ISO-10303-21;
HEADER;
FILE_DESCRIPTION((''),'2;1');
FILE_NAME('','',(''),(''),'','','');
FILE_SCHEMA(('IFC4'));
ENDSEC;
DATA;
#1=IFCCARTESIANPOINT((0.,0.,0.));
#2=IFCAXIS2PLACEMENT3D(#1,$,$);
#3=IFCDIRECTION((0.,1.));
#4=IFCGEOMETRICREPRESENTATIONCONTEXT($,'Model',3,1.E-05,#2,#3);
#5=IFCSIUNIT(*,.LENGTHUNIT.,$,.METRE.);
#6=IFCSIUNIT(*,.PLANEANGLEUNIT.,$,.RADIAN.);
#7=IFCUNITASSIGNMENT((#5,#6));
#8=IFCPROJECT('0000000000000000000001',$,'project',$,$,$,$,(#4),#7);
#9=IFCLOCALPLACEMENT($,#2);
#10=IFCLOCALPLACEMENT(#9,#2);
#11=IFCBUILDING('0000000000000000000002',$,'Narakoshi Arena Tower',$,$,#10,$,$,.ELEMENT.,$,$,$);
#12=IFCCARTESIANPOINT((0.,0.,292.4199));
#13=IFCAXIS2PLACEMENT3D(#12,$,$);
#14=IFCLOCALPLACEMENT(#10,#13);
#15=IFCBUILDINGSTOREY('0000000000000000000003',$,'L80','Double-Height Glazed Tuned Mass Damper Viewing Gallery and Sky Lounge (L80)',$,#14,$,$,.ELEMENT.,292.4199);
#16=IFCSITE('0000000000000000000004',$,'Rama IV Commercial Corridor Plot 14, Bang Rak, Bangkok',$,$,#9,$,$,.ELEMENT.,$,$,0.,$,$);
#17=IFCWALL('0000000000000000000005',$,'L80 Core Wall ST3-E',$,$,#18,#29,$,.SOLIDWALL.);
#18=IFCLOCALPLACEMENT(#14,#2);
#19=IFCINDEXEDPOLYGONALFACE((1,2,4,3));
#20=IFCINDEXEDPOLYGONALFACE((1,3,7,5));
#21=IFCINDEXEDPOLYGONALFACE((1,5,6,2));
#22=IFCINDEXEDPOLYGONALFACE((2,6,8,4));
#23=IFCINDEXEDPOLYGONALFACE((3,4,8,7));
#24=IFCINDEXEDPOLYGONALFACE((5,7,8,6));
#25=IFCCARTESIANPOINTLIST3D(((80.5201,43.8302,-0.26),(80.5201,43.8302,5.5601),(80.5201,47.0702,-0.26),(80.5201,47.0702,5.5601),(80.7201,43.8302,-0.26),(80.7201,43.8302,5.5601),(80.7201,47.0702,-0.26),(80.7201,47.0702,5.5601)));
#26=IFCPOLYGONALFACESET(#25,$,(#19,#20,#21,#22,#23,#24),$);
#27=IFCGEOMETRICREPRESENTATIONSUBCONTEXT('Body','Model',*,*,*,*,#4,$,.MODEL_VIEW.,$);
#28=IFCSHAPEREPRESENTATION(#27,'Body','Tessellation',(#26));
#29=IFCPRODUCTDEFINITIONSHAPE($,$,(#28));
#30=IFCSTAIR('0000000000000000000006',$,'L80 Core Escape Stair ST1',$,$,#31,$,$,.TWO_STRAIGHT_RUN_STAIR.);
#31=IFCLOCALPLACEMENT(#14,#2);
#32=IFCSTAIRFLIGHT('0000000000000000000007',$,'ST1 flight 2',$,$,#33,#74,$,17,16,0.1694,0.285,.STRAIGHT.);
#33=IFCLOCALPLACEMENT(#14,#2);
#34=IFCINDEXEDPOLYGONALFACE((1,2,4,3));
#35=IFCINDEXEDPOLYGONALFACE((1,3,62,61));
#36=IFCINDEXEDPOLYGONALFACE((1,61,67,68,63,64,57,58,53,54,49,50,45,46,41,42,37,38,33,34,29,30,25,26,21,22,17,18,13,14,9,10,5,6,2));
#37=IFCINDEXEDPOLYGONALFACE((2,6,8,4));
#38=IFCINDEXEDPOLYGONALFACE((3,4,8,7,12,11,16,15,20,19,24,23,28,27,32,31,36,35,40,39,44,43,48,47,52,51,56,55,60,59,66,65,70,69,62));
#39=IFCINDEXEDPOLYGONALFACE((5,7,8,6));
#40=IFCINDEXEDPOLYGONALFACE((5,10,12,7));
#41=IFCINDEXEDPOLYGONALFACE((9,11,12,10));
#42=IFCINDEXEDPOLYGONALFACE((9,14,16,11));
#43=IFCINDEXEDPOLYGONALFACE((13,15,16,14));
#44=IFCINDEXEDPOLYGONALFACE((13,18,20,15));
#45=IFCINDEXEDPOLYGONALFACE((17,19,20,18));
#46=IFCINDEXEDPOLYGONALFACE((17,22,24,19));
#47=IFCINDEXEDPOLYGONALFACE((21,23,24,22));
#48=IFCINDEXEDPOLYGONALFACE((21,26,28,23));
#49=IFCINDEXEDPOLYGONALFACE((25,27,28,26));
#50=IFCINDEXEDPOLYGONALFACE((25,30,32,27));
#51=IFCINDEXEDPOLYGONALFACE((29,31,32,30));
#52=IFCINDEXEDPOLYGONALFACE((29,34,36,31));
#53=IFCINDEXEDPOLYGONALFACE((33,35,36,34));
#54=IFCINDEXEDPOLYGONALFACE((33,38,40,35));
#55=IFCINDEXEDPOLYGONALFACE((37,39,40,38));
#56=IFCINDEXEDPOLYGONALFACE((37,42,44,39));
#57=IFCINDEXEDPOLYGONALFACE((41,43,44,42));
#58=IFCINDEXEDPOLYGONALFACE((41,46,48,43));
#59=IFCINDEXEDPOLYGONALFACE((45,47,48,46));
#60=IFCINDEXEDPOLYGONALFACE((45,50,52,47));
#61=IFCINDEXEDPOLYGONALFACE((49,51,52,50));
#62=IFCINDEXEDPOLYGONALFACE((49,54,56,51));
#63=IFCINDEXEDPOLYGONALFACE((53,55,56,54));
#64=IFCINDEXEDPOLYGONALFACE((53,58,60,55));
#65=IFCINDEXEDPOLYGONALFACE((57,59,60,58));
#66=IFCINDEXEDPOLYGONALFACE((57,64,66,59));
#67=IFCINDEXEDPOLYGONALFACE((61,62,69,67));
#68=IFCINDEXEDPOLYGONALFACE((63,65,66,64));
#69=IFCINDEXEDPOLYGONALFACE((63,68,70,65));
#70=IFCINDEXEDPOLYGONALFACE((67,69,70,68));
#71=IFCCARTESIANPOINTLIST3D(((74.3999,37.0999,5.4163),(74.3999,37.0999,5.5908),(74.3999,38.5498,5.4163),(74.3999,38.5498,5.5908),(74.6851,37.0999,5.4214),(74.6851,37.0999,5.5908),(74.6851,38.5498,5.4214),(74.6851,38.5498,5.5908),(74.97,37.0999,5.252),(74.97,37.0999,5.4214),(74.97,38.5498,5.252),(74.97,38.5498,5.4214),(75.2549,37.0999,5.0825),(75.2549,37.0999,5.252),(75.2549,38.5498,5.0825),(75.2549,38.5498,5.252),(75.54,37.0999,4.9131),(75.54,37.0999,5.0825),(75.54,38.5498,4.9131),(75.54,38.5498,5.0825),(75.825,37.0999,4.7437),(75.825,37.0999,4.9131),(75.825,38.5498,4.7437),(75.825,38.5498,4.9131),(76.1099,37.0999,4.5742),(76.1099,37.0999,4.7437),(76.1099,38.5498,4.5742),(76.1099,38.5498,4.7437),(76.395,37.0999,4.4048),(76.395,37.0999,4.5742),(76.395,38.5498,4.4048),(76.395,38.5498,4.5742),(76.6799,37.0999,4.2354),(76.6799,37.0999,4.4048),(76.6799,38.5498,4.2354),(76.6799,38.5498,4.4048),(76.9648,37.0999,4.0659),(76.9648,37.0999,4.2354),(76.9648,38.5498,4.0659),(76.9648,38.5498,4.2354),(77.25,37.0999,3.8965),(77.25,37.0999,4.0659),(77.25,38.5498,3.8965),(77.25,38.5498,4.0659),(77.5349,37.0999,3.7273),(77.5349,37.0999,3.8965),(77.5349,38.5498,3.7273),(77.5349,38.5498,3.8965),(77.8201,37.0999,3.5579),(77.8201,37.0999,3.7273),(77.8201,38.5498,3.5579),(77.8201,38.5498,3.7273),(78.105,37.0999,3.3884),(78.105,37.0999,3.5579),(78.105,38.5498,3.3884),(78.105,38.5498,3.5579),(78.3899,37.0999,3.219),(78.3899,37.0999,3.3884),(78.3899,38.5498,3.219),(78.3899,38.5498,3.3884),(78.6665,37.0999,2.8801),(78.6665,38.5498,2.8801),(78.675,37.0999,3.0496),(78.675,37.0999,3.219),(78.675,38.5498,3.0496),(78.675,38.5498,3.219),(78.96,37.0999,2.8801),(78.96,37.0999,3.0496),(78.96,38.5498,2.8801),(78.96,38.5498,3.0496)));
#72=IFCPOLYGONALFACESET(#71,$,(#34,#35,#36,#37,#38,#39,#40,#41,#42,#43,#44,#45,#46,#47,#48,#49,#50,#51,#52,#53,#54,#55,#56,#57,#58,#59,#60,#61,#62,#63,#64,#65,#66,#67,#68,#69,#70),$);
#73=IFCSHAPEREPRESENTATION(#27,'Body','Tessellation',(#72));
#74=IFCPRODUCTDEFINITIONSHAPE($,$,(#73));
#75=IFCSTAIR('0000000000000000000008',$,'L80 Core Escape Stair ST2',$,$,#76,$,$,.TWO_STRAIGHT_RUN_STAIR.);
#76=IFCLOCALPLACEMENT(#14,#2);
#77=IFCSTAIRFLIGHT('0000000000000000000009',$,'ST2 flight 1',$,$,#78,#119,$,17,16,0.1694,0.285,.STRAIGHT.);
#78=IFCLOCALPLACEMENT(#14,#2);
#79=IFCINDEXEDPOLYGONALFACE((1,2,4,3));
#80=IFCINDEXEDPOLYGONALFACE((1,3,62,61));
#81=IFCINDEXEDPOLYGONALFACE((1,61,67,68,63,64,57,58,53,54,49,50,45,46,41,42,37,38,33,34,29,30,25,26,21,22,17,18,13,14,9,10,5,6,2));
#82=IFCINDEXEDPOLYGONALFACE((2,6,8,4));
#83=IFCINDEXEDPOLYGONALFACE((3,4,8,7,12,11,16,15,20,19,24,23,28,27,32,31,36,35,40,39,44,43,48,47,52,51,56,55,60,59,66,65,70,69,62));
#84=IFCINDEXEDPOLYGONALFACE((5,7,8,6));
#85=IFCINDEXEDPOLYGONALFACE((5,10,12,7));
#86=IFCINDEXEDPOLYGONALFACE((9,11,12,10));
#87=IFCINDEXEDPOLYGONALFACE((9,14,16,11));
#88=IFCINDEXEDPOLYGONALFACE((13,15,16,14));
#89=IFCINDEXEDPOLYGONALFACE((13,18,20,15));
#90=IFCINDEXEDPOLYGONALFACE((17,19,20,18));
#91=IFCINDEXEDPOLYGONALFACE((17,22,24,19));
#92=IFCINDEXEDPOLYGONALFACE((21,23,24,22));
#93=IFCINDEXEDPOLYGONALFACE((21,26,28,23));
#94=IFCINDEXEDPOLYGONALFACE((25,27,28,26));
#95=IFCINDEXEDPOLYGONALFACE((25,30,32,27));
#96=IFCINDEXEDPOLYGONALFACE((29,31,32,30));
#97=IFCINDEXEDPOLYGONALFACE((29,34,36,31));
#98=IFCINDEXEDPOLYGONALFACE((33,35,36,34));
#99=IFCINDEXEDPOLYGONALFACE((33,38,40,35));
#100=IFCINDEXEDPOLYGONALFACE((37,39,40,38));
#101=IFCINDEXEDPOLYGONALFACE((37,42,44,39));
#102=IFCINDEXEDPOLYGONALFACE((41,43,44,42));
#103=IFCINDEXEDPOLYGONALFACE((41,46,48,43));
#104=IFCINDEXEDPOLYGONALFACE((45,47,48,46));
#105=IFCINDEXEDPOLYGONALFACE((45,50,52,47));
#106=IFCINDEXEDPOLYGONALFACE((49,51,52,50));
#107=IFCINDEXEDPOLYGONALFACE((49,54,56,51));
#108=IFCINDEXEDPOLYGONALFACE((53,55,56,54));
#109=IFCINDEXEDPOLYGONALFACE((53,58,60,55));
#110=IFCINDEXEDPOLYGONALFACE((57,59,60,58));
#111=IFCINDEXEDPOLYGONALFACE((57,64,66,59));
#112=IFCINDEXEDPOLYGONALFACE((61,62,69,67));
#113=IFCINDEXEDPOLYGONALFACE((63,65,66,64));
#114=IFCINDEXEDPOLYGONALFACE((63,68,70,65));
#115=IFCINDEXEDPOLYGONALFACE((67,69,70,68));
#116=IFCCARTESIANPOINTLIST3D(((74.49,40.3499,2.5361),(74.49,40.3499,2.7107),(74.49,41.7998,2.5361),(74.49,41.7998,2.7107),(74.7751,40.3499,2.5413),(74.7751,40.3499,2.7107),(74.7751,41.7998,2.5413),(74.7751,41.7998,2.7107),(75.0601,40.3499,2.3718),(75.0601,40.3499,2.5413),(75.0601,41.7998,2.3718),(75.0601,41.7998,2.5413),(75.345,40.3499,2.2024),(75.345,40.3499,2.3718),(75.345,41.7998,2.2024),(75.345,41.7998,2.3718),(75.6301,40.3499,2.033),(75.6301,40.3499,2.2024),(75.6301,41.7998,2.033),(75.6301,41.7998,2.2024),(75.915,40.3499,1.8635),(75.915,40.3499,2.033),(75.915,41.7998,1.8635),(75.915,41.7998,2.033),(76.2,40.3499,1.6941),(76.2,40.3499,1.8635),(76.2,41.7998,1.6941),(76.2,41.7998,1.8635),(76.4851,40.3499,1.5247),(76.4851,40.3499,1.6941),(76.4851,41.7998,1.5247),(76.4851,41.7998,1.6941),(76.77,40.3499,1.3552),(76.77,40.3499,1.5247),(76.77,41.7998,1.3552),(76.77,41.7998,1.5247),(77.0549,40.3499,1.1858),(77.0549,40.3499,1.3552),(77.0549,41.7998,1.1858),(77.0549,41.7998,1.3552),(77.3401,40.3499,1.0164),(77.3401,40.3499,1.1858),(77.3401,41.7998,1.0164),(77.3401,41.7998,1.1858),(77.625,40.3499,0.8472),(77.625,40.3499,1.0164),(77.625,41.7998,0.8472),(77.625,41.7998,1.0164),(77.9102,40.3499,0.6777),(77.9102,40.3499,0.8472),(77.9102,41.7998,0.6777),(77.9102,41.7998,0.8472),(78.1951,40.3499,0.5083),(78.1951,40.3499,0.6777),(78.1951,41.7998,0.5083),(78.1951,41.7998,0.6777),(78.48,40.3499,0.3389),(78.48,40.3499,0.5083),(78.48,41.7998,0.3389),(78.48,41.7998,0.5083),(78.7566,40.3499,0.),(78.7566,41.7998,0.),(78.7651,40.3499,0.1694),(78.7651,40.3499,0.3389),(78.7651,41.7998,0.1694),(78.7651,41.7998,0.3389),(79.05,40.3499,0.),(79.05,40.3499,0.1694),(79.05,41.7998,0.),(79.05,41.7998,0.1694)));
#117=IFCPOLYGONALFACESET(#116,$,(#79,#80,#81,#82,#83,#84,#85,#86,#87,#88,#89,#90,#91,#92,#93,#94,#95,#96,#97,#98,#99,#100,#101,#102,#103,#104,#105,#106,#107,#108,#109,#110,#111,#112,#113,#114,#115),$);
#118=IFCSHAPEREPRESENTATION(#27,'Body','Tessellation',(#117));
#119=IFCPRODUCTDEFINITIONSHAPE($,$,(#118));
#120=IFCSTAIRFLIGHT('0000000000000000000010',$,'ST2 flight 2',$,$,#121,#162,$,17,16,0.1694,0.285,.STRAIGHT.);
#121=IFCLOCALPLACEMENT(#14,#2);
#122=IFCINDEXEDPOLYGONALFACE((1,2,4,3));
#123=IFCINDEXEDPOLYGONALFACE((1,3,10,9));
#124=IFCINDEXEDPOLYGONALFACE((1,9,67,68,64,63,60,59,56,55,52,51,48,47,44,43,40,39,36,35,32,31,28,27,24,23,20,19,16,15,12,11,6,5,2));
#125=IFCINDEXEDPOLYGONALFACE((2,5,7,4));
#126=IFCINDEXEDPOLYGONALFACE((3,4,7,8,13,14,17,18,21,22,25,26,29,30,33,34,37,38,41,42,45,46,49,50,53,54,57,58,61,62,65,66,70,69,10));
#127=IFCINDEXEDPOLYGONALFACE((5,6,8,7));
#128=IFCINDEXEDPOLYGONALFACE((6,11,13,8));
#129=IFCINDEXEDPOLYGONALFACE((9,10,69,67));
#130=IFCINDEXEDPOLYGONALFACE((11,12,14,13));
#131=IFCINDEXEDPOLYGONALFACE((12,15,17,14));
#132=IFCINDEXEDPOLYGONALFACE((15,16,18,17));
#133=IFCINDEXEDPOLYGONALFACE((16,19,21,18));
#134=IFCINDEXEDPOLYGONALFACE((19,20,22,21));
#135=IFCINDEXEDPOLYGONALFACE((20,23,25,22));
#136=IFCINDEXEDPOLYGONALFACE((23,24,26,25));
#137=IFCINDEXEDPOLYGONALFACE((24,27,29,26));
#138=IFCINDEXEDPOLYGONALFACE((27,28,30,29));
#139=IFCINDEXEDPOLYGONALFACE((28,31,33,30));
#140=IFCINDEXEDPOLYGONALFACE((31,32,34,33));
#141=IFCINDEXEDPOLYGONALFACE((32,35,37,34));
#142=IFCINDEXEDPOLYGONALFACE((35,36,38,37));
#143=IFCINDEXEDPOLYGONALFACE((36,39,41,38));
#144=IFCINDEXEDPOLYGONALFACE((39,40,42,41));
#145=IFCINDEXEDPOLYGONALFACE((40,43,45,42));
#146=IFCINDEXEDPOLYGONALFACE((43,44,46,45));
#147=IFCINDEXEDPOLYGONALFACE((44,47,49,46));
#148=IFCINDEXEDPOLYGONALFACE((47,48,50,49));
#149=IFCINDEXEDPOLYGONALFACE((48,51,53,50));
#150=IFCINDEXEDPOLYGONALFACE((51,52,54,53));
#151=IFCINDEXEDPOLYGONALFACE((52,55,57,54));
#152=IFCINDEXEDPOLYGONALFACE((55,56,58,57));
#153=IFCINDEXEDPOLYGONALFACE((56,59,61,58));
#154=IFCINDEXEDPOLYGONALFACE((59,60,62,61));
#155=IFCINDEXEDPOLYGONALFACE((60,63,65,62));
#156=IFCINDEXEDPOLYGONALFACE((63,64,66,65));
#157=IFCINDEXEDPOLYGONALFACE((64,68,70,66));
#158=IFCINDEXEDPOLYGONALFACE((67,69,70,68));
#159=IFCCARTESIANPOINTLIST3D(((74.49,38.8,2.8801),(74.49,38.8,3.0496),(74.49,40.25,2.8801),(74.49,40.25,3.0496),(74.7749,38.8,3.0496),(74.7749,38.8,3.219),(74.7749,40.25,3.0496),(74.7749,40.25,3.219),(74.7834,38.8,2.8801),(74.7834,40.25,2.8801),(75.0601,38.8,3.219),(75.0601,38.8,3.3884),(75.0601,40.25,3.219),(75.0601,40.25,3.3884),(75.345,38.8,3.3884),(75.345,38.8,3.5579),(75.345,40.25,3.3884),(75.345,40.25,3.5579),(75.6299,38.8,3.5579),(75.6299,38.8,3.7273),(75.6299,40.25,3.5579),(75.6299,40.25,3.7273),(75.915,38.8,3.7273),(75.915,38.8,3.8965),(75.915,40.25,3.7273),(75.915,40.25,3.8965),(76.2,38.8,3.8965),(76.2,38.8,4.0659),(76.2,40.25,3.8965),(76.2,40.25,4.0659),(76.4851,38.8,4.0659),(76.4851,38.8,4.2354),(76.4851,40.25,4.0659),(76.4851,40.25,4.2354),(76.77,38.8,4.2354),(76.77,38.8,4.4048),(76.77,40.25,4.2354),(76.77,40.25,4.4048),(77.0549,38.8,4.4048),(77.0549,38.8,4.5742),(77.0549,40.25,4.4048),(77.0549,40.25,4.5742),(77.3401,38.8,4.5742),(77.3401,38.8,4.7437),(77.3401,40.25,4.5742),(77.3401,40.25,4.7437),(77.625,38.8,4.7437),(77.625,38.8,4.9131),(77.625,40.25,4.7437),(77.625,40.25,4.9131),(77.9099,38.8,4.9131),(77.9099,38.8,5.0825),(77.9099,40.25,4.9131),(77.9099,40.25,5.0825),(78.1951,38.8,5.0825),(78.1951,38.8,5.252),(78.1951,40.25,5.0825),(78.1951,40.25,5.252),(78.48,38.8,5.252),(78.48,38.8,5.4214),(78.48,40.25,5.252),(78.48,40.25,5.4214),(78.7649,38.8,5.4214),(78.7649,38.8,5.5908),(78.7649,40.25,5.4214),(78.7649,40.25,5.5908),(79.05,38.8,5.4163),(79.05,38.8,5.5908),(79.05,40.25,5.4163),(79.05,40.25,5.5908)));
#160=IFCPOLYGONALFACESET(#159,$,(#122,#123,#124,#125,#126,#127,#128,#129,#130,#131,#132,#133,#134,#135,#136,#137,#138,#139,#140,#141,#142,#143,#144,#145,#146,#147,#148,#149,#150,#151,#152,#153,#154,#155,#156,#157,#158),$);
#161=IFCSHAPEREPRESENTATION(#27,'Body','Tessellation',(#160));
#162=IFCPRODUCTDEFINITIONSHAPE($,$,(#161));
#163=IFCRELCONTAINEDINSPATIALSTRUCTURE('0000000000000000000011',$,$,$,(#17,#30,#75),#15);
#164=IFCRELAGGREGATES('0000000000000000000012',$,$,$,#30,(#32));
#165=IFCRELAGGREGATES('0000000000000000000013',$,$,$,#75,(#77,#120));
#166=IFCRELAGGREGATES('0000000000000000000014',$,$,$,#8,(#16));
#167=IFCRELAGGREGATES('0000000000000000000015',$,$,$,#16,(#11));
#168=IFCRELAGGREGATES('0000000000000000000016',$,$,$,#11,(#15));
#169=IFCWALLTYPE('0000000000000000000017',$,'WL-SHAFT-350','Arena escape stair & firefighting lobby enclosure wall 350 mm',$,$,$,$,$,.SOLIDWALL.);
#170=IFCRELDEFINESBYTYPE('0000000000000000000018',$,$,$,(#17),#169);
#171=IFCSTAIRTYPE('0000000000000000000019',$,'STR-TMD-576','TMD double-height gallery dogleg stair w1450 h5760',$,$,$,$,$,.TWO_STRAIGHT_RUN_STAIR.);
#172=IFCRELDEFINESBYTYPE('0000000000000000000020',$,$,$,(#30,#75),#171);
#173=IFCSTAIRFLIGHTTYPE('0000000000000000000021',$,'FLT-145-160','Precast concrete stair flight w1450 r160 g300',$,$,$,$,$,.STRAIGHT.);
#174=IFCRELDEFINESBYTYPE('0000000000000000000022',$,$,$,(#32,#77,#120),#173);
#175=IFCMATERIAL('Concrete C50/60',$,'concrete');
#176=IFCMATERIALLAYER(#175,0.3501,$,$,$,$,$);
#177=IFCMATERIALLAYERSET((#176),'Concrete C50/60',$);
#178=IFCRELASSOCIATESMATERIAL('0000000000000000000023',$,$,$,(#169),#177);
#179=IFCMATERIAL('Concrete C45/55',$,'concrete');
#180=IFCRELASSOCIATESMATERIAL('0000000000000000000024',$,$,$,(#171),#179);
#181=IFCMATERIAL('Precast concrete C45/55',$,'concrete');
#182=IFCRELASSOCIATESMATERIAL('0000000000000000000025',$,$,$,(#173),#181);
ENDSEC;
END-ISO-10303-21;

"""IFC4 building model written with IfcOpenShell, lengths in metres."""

from ifc_helpers import new_model, si_unit, direction, frame, frame_2d, origin, place, context, subcontext, project, spatial, polyline, rectangle, outline, extrude, material, layer, layer_set, type_object, element, aggregate, save


model = new_model("IFC4")

# Units and contexts
model_context = context("Model", 3, precision=1e-05, world=origin(), true_north=direction((0.0, 1.0)))
body_context = subcontext(model_context, "Body", "Model", "MODEL_VIEW")
ifc_project = project(units=[si_unit("LENGTHUNIT", "METRE"), si_unit("PLANEANGLEUNIT", "RADIAN")], contexts=[model_context])

# Site, building, storey
site_placement = place(None, origin())
site = spatial("IfcSite", under=ifc_project, at=site_placement, Name="Rama IV Commercial Corridor Plot 14, Bang Rak, Bangkok", CompositionType="ELEMENT", RefElevation=0.0)
building_placement = place(site_placement, origin())
building = spatial("IfcBuilding", under=site, at=building_placement, Name="Narakoshi Arena Tower", CompositionType="ELEMENT")
storey_placement = place(building_placement, frame((0.0, 0.0, 292.4199)))
storey = spatial("IfcBuildingStorey", under=building, at=storey_placement, Name="L80", Description="Double-Height Glazed Tuned Mass Damper Viewing Gallery and Sky Lounge (L80)", CompositionType="ELEMENT", Elevation=292.4199)

# Shared definitions
ifc_material_1 = material(Name="Concrete C50/60", Category="concrete")

# Shared definitions
ifc_layer_1 = layer(ifc_material_1, 0.3501)
ifc_layer_set_1 = layer_set([ifc_layer_1], Name="Concrete C50/60")
wall_type_1 = type_object("IfcWallType", Name="WL-SHAFT-350", Description="Arena escape stair & firefighting lobby enclosure wall 350 mm", PredefinedType="SOLIDWALL", material=ifc_layer_set_1)

# Wall
wall_1_placement = place(storey_placement, frame((80.6201, 43.8301, -0.26), z_axis=(0.0, 0.0, 1.0), x_axis=(0.0, 1.0, 0.0)))
element("IfcWall", 1, at=wall_1_placement, inside=storey, type_object=wall_type_1, Name="L80 Core Wall ST3-E", PredefinedType="SOLIDWALL", context=body_context, shape_type="SweptSolid", body=[
    extrude(rectangle(XDim=3.24, YDim=0.2, at=frame_2d((1.6201, 0.0))), origin(), (0.0, 0.0, 1.0), 5.8201),
])

# Stair, stair flight
ifc_material_2 = material(Name="Concrete C45/55", Category="concrete")
stair_type = type_object("IfcStairType", Name="STR-TMD-576", Description="TMD double-height gallery dogleg stair w1450 h5760", PredefinedType="TWO_STRAIGHT_RUN_STAIR", material=ifc_material_2)
stair_1_placement = place(storey_placement, origin())
stair_1 = element("IfcStair", 2, at=stair_1_placement, inside=storey, type_object=stair_type, Name="L80 Core Escape Stair ST1", PredefinedType="TWO_STRAIGHT_RUN_STAIR")
ifc_material_3 = material(Name="Precast concrete C45/55", Category="concrete")
stair_flight_type = type_object("IfcStairFlightType", Name="FLT-145-160", Description="Precast concrete stair flight w1450 r160 g300", PredefinedType="STRAIGHT", material=ifc_material_3)
stair_flight_1_placement = place(storey_placement, frame((78.96, 37.825, 2.8801), z_axis=(0.0, 0.0, 1.0), x_axis=(-1.0, 0.0, 0.0)))
stair_flight_1 = element("IfcStairFlight", 3, at=stair_flight_1_placement, type_object=stair_flight_type, Name="ST1 flight 2", NumberOfRisers=17, NumberOfTreads=16, PredefinedType="STRAIGHT", RiserHeight=0.1694, TreadLength=0.285, context=body_context, shape_type="SweptSolid", body=[
    extrude(outline(polyline([(0.0, 0.0), (0.0, 0.1694), (0.2849, 0.1694), (0.2849, 0.3389), (0.5701, 0.3389), (0.5701, 0.5083), (0.855, 0.5083), (0.855, 0.6777), (1.1399, 0.6777), (1.1399, 0.8472), (1.425, 0.8472), (1.425, 1.0164), (1.71, 1.0164), (1.71, 1.1858), (1.9951, 1.1858), (1.9951, 1.3552), (2.28, 1.3552), (2.28, 1.5247), (2.5649, 1.5247), (2.5649, 1.6941), (2.8501, 1.6941), (2.8501, 1.8635), (3.135, 1.8635), (3.135, 2.033), (3.4199, 2.033), (3.4199, 2.2024), (3.7051, 2.2024), (3.7051, 2.3718), (3.99, 2.3718), (3.99, 2.5413), (4.2749, 2.5413), (4.2749, 2.7107), (4.5601, 2.7107), (4.5601, 2.8799), (4.5601, 2.5361), (0.2935, 0.0), (0.0, 0.0)])), frame((0.0, 0.7251, 0.0), z_axis=(0.0, -1.0, 0.0), x_axis=(1.0, 0.0, 0.0)), (0.0, 0.0, 1.0), 1.45),
])
aggregate(stair_1, [stair_flight_1])

# Stair, stair flights
stair_2_placement = place(storey_placement, origin())
stair_2 = element("IfcStair", 4, at=stair_2_placement, inside=storey, type_object=stair_type, Name="L80 Core Escape Stair ST2", PredefinedType="TWO_STRAIGHT_RUN_STAIR")
stair_flight_2_placement = place(storey_placement, frame((79.05, 41.075, 0.0), z_axis=(0.0, 0.0, 1.0), x_axis=(-1.0, 0.0, 0.0)))
stair_flight_2 = element("IfcStairFlight", 5, at=stair_flight_2_placement, type_object=stair_flight_type, Name="ST2 flight 1", NumberOfRisers=17, NumberOfTreads=16, PredefinedType="STRAIGHT", RiserHeight=0.1694, TreadLength=0.285, context=body_context, shape_type="SweptSolid", body=[
    extrude(outline(polyline([(0.0, 0.0), (0.0, 0.1694), (0.2849, 0.1694), (0.2849, 0.3389), (0.5701, 0.3389), (0.5701, 0.5083), (0.855, 0.5083), (0.855, 0.6777), (1.1399, 0.6777), (1.1399, 0.8472), (1.425, 0.8472), (1.425, 1.0164), (1.71, 1.0164), (1.71, 1.1858), (1.9951, 1.1858), (1.9951, 1.3552), (2.28, 1.3552), (2.28, 1.5247), (2.5649, 1.5247), (2.5649, 1.6941), (2.8501, 1.6941), (2.8501, 1.8635), (3.135, 1.8635), (3.135, 2.033), (3.4199, 2.033), (3.4199, 2.2024), (3.7051, 2.2024), (3.7051, 2.3718), (3.99, 2.3718), (3.99, 2.5413), (4.2749, 2.5413), (4.2749, 2.7107), (4.5601, 2.7107), (4.5601, 2.8799), (4.5601, 2.5361), (0.2935, 0.0), (0.0, 0.0)])), frame((0.0, 0.7251, 0.0), z_axis=(0.0, -1.0, 0.0), x_axis=(1.0, 0.0, 0.0)), (0.0, 0.0, 1.0), 1.45),
])
stair_flight_3_placement = place(storey_placement, frame((74.49, 39.5249, 2.8801), z_axis=(0.0, 0.0, 1.0), x_axis=(1.0, 0.0, 0.0)))
stair_flight_3 = element("IfcStairFlight", 6, at=stair_flight_3_placement, type_object=stair_flight_type, Name="ST2 flight 2", NumberOfRisers=17, NumberOfTreads=16, PredefinedType="STRAIGHT", RiserHeight=0.1694, TreadLength=0.285, context=body_context, shape_type="SweptSolid", body=[
    extrude(outline(polyline([(0.0, 0.0), (0.0, 0.1694), (0.2849, 0.1694), (0.2849, 0.3389), (0.5701, 0.3389), (0.5701, 0.5083), (0.855, 0.5083), (0.855, 0.6777), (1.1399, 0.6777), (1.1399, 0.8472), (1.425, 0.8472), (1.425, 1.0164), (1.71, 1.0164), (1.71, 1.1858), (1.9951, 1.1858), (1.9951, 1.3552), (2.28, 1.3552), (2.28, 1.5247), (2.5649, 1.5247), (2.5649, 1.6941), (2.8501, 1.6941), (2.8501, 1.8635), (3.135, 1.8635), (3.135, 2.033), (3.4199, 2.033), (3.4199, 2.2024), (3.7051, 2.2024), (3.7051, 2.3718), (3.99, 2.3718), (3.99, 2.5413), (4.2749, 2.5413), (4.2749, 2.7107), (4.5601, 2.7107), (4.5601, 2.8799), (4.5601, 2.5361), (0.2935, 0.0), (0.0, 0.0)])), frame((0.0, 0.7251, 0.0), z_axis=(0.0, -1.0, 0.0), x_axis=(1.0, 0.0, 0.0)), (0.0, 0.0, 1.0), 1.45),
])
aggregate(stair_2, [stair_flight_2, stair_flight_3])

save(model, "model.ifc")
